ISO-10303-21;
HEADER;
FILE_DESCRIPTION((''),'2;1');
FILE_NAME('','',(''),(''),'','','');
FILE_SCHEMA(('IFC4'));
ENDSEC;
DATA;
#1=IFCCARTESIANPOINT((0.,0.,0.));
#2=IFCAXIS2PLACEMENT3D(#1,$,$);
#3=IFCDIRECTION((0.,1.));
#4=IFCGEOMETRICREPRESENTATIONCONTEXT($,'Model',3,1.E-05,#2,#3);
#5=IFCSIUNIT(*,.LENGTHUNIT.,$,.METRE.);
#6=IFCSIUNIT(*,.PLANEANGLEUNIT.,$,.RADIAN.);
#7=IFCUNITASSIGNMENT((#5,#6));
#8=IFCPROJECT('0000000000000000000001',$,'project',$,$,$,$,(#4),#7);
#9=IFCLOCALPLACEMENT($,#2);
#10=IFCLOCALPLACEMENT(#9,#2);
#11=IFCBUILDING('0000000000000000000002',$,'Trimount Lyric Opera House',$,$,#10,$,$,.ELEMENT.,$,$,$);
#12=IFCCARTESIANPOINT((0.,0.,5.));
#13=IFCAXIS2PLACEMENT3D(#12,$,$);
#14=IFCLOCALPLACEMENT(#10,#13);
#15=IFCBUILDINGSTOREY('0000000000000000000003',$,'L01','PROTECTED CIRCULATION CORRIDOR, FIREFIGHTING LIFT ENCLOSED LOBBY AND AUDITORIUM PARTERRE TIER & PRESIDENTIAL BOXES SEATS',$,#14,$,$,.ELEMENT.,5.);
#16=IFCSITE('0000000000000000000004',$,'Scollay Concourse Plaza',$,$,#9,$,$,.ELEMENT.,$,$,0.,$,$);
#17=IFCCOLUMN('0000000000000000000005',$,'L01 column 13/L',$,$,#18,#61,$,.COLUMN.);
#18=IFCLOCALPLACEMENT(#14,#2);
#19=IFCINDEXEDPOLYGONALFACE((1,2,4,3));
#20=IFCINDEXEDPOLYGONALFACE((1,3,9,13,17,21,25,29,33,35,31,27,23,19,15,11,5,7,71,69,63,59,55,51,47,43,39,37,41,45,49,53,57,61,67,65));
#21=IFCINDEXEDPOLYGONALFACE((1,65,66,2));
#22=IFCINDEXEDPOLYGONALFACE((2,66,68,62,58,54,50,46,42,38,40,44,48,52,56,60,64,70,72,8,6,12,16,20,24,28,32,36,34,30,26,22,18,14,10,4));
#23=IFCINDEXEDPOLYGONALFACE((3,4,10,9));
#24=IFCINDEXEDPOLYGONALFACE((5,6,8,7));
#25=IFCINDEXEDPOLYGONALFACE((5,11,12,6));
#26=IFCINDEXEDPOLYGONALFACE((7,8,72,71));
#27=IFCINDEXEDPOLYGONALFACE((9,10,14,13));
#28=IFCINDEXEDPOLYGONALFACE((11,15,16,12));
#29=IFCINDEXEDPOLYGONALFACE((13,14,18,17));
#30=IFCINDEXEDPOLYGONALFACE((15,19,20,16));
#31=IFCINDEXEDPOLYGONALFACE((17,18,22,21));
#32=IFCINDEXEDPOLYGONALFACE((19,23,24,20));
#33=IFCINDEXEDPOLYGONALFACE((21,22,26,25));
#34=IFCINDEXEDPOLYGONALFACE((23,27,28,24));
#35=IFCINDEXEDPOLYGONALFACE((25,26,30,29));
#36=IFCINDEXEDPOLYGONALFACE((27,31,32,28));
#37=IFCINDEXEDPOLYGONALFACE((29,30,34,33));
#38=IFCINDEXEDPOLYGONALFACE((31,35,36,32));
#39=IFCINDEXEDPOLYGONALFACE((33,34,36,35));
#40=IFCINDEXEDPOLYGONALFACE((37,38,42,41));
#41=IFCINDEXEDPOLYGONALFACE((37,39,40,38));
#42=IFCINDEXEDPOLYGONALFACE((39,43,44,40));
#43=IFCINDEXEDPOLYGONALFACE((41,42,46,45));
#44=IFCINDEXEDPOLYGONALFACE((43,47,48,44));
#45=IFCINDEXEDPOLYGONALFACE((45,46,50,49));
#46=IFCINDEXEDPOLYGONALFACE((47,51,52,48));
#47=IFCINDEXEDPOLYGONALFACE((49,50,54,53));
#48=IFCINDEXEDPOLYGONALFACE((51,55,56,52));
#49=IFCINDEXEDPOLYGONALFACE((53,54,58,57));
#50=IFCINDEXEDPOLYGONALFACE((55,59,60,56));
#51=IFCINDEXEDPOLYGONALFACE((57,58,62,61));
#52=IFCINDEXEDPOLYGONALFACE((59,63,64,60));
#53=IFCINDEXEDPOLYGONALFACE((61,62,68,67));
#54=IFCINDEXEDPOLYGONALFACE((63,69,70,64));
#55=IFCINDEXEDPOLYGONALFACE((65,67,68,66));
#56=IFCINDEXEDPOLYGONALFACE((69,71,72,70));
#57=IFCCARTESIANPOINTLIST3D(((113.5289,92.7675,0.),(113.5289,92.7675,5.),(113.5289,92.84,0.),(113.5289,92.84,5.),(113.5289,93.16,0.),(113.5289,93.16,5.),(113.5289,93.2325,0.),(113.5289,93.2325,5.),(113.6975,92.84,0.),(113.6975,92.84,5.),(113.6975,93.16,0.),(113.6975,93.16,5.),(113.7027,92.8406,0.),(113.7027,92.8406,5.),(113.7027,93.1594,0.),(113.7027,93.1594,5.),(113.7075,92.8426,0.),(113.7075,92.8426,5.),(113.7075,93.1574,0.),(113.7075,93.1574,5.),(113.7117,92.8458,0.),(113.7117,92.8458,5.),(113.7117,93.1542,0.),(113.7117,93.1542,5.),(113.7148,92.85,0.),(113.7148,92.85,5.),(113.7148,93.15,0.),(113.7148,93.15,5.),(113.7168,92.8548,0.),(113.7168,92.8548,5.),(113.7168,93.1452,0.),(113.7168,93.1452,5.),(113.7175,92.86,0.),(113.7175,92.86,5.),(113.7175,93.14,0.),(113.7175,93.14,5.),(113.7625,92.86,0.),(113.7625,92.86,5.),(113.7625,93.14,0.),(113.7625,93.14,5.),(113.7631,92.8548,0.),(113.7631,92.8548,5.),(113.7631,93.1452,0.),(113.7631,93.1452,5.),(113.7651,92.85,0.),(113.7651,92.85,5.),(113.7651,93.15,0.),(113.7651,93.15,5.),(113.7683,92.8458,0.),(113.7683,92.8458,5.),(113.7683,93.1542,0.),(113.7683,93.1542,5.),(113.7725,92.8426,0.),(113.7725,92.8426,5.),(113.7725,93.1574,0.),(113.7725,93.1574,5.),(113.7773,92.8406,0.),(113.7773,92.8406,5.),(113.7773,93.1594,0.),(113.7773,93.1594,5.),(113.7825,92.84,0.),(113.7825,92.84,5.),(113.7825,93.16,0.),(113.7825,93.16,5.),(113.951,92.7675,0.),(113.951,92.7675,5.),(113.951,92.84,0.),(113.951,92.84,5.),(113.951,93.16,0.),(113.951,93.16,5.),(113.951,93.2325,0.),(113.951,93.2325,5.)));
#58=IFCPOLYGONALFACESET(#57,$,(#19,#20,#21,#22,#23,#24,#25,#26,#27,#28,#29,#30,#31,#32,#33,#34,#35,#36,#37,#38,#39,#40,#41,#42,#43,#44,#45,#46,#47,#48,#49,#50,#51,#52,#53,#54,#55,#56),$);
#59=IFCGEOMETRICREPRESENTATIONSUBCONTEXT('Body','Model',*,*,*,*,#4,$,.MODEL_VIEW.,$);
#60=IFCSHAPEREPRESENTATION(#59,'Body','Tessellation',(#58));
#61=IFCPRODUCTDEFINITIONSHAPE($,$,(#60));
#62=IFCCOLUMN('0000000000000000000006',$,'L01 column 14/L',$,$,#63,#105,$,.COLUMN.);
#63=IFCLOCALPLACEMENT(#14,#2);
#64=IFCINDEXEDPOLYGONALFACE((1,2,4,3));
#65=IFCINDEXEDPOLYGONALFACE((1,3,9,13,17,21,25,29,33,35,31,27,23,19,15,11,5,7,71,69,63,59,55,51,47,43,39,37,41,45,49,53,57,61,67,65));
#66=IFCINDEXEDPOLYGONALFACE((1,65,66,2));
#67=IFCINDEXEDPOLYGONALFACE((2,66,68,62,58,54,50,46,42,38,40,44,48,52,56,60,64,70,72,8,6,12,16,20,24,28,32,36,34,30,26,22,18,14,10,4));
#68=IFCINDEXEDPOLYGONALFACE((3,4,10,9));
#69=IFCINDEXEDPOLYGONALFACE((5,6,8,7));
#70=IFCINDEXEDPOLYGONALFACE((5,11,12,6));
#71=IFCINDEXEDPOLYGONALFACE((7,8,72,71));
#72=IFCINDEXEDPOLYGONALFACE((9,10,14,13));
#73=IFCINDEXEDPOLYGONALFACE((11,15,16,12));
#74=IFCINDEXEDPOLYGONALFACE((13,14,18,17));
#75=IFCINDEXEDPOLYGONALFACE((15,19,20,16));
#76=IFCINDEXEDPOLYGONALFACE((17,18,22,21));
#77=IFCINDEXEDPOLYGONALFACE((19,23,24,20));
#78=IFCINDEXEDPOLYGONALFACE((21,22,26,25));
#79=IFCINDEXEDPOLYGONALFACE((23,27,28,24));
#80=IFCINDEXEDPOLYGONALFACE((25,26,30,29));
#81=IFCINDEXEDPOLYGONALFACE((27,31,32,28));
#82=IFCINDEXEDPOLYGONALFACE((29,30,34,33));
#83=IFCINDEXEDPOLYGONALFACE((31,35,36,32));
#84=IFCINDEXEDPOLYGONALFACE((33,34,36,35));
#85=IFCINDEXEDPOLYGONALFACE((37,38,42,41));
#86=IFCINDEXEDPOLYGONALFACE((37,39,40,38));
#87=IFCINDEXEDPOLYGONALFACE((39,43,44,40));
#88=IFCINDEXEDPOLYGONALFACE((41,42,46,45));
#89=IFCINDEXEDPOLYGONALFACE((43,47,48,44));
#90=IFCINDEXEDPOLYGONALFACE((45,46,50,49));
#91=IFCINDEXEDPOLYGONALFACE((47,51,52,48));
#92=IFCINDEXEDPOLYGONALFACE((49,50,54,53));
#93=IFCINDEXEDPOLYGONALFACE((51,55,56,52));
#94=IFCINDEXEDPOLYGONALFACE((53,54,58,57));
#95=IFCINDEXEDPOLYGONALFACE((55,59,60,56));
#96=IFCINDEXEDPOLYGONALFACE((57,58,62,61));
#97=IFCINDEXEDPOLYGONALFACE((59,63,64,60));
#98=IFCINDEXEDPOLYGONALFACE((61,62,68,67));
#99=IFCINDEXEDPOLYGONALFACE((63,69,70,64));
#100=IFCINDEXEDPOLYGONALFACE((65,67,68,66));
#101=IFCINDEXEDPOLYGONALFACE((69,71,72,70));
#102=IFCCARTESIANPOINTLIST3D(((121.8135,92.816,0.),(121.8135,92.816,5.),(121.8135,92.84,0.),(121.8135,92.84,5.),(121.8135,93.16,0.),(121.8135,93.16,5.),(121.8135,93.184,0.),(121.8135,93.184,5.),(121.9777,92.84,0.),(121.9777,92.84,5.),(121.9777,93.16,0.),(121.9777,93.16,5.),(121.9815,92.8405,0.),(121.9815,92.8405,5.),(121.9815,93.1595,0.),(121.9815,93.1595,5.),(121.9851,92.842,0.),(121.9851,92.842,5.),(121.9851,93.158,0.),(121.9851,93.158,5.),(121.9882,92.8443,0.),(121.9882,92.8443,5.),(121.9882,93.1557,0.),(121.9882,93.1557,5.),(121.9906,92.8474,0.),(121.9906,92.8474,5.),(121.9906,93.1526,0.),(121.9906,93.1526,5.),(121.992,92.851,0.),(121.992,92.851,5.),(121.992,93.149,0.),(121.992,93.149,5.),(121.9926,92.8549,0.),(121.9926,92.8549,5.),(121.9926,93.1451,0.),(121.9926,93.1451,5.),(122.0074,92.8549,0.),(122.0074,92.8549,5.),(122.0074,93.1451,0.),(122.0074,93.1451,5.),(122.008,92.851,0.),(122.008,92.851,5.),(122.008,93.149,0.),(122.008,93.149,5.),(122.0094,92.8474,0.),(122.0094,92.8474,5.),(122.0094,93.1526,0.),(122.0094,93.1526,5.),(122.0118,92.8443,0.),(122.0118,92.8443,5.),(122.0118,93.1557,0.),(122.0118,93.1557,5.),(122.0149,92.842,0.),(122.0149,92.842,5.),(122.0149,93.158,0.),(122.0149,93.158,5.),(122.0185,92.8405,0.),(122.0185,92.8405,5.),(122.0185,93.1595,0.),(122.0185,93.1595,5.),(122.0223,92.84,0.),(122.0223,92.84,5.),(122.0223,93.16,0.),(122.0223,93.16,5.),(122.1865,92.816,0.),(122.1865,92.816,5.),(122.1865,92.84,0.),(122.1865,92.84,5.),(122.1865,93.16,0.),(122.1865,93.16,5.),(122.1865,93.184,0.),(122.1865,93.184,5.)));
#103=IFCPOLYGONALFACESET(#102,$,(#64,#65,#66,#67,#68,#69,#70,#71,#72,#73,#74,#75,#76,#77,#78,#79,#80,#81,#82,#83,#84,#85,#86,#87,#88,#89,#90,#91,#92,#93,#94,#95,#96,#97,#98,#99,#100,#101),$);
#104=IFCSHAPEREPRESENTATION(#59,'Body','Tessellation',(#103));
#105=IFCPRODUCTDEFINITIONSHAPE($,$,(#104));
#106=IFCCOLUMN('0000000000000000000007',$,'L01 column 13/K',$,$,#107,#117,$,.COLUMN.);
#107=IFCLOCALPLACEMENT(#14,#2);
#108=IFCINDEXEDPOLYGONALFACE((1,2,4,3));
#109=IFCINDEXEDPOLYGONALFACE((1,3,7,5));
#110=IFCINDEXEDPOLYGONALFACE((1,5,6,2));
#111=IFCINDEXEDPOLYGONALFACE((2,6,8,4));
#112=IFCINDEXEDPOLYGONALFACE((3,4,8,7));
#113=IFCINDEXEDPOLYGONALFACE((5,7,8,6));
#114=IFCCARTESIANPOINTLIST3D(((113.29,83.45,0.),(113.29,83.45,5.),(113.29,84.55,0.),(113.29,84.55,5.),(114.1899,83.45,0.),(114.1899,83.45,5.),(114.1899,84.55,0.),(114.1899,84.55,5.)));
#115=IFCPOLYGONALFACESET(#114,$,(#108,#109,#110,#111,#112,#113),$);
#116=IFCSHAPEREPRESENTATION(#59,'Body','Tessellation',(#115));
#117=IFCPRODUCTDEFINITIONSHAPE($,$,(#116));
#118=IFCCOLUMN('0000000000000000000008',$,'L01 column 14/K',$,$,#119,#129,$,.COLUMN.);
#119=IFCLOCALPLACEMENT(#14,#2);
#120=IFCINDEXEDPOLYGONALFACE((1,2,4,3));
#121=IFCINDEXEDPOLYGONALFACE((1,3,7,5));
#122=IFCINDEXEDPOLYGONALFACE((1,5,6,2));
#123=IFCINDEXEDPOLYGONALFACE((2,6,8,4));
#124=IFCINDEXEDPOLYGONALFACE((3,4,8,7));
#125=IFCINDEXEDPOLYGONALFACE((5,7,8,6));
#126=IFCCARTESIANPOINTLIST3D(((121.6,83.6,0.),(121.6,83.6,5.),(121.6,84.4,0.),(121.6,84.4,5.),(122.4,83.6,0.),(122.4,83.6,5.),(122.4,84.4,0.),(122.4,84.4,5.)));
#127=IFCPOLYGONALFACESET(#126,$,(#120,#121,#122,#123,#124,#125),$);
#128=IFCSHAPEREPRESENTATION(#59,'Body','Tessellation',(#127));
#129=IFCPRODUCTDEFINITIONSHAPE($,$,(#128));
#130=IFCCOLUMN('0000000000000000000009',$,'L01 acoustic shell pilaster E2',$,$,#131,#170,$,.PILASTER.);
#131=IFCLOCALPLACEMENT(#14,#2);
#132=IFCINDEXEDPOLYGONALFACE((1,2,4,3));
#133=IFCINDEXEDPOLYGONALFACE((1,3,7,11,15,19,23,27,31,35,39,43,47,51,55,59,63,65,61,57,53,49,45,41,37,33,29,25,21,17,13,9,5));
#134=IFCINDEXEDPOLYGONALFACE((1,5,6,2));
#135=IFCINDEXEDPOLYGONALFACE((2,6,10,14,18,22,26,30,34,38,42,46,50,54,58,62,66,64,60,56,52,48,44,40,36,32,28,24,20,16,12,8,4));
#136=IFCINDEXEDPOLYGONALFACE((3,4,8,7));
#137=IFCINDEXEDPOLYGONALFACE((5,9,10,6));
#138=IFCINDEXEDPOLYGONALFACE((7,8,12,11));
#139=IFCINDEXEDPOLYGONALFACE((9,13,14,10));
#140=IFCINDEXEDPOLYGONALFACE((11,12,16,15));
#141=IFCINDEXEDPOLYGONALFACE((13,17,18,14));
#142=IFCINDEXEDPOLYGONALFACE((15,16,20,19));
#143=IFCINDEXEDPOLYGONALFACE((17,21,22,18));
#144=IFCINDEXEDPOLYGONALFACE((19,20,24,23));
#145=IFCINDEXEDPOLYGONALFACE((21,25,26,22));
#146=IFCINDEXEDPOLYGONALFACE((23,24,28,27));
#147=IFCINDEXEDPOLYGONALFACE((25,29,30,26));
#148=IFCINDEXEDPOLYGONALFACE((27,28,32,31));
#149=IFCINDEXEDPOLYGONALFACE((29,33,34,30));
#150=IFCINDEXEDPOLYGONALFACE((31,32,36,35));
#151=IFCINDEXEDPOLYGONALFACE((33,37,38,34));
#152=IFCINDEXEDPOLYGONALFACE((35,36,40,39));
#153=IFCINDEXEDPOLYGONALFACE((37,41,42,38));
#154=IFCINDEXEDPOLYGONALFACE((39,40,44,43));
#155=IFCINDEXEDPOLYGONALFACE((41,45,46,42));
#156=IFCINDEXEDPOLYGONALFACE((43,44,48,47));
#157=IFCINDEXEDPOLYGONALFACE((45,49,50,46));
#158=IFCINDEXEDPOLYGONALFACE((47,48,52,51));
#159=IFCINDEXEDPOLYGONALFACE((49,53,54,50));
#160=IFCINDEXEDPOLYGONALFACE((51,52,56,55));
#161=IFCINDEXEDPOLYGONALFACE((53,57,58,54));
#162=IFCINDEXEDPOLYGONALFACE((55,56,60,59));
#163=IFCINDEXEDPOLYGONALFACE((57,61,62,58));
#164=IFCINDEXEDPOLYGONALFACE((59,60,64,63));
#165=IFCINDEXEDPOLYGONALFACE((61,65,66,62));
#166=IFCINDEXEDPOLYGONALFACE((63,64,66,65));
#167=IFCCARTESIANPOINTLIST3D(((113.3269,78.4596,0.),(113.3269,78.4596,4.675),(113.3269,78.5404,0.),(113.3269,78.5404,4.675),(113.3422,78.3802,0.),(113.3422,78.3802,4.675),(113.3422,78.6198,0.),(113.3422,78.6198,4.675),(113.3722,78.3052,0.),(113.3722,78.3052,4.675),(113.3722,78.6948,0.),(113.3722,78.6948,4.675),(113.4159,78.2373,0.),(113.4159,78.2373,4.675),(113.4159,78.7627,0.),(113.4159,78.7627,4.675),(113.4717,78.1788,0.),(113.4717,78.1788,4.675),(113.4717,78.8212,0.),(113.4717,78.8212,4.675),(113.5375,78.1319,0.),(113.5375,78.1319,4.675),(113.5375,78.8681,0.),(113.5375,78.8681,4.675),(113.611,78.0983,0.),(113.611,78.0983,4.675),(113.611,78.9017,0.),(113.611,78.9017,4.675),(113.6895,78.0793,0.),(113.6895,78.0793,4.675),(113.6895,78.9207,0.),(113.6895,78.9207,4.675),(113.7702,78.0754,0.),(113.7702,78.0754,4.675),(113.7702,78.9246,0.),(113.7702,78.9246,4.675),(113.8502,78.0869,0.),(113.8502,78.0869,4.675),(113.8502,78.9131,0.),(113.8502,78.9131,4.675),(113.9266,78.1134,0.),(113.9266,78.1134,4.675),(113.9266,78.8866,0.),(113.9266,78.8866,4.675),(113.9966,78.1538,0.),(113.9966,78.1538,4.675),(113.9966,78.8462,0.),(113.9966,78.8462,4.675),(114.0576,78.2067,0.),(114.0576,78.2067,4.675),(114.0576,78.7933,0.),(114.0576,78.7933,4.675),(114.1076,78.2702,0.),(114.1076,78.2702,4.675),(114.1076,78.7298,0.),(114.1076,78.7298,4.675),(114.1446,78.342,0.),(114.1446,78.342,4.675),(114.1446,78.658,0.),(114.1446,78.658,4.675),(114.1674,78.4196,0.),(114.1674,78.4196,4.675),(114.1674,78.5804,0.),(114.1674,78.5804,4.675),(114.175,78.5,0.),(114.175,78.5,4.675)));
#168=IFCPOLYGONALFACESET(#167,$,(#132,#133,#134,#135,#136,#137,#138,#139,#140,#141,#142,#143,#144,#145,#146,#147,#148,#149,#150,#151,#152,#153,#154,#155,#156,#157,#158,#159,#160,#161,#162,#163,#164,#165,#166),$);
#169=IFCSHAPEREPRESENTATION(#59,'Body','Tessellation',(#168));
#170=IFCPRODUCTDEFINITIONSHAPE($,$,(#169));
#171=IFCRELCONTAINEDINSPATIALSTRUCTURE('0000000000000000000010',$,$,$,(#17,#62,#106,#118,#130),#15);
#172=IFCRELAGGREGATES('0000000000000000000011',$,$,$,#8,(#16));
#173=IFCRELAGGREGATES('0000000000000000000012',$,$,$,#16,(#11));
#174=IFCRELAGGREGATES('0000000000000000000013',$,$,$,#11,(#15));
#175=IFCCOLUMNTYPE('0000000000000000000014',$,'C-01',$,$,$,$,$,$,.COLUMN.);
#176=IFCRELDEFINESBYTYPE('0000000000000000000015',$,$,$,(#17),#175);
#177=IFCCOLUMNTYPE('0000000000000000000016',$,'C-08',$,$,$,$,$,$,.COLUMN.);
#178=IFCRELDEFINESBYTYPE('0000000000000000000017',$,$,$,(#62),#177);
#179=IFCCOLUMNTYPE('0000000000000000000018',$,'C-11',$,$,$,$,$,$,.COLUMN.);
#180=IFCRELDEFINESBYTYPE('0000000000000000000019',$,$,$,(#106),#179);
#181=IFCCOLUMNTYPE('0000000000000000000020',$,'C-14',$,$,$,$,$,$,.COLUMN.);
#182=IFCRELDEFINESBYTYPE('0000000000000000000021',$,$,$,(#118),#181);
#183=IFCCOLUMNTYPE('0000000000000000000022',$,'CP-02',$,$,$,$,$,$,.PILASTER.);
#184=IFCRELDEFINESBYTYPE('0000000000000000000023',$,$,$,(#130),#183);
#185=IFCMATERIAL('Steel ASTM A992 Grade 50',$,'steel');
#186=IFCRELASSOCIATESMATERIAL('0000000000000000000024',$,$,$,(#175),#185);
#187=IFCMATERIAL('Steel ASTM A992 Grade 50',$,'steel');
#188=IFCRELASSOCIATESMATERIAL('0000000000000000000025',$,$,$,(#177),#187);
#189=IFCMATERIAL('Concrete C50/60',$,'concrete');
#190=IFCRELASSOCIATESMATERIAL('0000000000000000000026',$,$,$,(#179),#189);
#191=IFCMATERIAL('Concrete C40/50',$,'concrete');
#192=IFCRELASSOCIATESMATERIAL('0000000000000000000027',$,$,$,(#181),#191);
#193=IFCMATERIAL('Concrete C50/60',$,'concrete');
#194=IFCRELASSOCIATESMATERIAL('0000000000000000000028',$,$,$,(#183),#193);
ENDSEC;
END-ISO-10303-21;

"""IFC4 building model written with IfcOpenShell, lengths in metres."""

from ifc_helpers import new_model, si_unit, direction, frame, origin, origin_2d, place, context, subcontext, project, spatial, rectangle, circle, i_section, extrude, material, material_profile, profile_set, type_object, element, save


model = new_model("IFC4")

# Units and contexts
model_context = context("Model", 3, precision=1e-05, world=origin(), true_north=direction((0.0, 1.0)))
body_context = subcontext(model_context, "Body", "Model", "MODEL_VIEW")
ifc_project = project(units=[si_unit("LENGTHUNIT", "METRE"), si_unit("PLANEANGLEUNIT", "RADIAN")], contexts=[model_context])

# Site, building, storey
site_placement = place(None, origin())
site = spatial("IfcSite", under=ifc_project, at=site_placement, Name="Scollay Concourse Plaza", CompositionType="ELEMENT", RefElevation=0.0)
building_placement = place(site_placement, origin())
building = spatial("IfcBuilding", under=site, at=building_placement, Name="Trimount Lyric Opera House", CompositionType="ELEMENT")
storey_placement = place(building_placement, frame((0.0, 0.0, 5.0)))
storey = spatial("IfcBuildingStorey", under=building, at=storey_placement, Name="L01", Description="PROTECTED CIRCULATION CORRIDOR, FIREFIGHTING LIFT ENCLOSED LOBBY AND AUDITORIUM PARTERRE TIER & PRESIDENTIAL BOXES SEATS", CompositionType="ELEMENT", Elevation=5.0)

# Columns
ifc_material_1 = material(Name="Steel ASTM A992 Grade 50", Category="steel")
ifc_material_profile_1 = material_profile(ifc_material_1, i_section(OverallWidth=0.4221, OverallDepth=0.4651, WebThickness=0.0449, FlangeThickness=0.0725, FilletRadius=0.02, at=origin_2d()), Name="W14X398")
ifc_profile_set_1 = profile_set([ifc_material_profile_1], Name="Steel ASTM A992 Grade 50")
column_type_1 = type_object("IfcColumnType", Name="C-01", PredefinedType="COLUMN", material=ifc_profile_set_1)
column_1_placement = place(storey_placement, frame((113.74, 93.0, 0.0), z_axis=(0.0, 0.0, 1.0), x_axis=(1.0, 0.0, 0.0)))
element("IfcColumn", 1, at=column_1_placement, inside=storey, type_object=column_type_1, Name="L01 column 13/L", PredefinedType="COLUMN", context=body_context, shape_type="SweptSolid", body=[
    extrude(i_section(OverallWidth=0.4221, OverallDepth=0.4651, WebThickness=0.0449, FlangeThickness=0.0725, FilletRadius=0.02, at=origin_2d()), origin(), (0.0, 0.0, 1.0), 5.0),
])
ifc_material_2 = material(Name="Steel ASTM A992 Grade 50", Category="steel")
ifc_material_profile_2 = material_profile(ifc_material_2, i_section(OverallWidth=0.373, OverallDepth=0.3679, WebThickness=0.0149, FlangeThickness=0.0239, FilletRadius=0.0149, at=origin_2d()), Name="W14X120")
ifc_profile_set_2 = profile_set([ifc_material_profile_2], Name="Steel ASTM A992 Grade 50")
column_type_2 = type_object("IfcColumnType", Name="C-08", PredefinedType="COLUMN", material=ifc_profile_set_2)
column_2_placement = place(storey_placement, frame((122.0, 93.0, 0.0), z_axis=(0.0, 0.0, 1.0), x_axis=(1.0, 0.0, 0.0)))
element("IfcColumn", 2, at=column_2_placement, inside=storey, type_object=column_type_2, Name="L01 column 14/L", PredefinedType="COLUMN", context=body_context, shape_type="SweptSolid", body=[
    extrude(i_section(OverallWidth=0.373, OverallDepth=0.3679, WebThickness=0.0149, FlangeThickness=0.0239, FilletRadius=0.0149, at=origin_2d()), origin(), (0.0, 0.0, 1.0), 5.0),
])
ifc_material_3 = material(Name="Concrete C50/60", Category="concrete")
ifc_material_profile_3 = material_profile(ifc_material_3, rectangle(XDim=0.8999, YDim=1.1001, at=origin_2d()), Name="RC1100X900")
ifc_profile_set_3 = profile_set([ifc_material_profile_3], Name="Concrete C50/60")
column_type_3 = type_object("IfcColumnType", Name="C-11", PredefinedType="COLUMN", material=ifc_profile_set_3)
column_3_placement = place(storey_placement, frame((113.74, 84.0, 0.0), z_axis=(0.0, 0.0, 1.0), x_axis=(1.0, 0.0, 0.0)))
element("IfcColumn", 3, at=column_3_placement, inside=storey, type_object=column_type_3, Name="L01 column 13/K", PredefinedType="COLUMN", context=body_context, shape_type="SweptSolid", body=[
    extrude(rectangle(XDim=0.8999, YDim=1.1001, at=origin_2d()), origin(), (0.0, 0.0, 1.0), 5.0),
])
ifc_material_4 = material(Name="Concrete C40/50", Category="concrete")
ifc_material_profile_4 = material_profile(ifc_material_4, rectangle(XDim=0.8, YDim=0.8, at=origin_2d()), Name="RC800X800")
ifc_profile_set_4 = profile_set([ifc_material_profile_4], Name="Concrete C40/50")
column_type_4 = type_object("IfcColumnType", Name="C-14", PredefinedType="COLUMN", material=ifc_profile_set_4)
column_4_placement = place(storey_placement, frame((122.0, 84.0, 0.0), z_axis=(0.0, 0.0, 1.0), x_axis=(1.0, 0.0, 0.0)))
element("IfcColumn", 4, at=column_4_placement, inside=storey, type_object=column_type_4, Name="L01 column 14/K", PredefinedType="COLUMN", context=body_context, shape_type="SweptSolid", body=[
    extrude(rectangle(XDim=0.8, YDim=0.8, at=origin_2d()), origin(), (0.0, 0.0, 1.0), 5.0),
])
ifc_material_5 = material(Name="Concrete C50/60", Category="concrete")
ifc_material_profile_5 = material_profile(ifc_material_5, circle(Radius=0.425, at=origin_2d()), Name="RC-D850")
ifc_profile_set_5 = profile_set([ifc_material_profile_5], Name="Concrete C50/60")
column_type_5 = type_object("IfcColumnType", Name="CP-02", PredefinedType="PILASTER", material=ifc_profile_set_5)
column_5_placement = place(storey_placement, frame((113.75, 78.5, 0.0), z_axis=(0.0, 0.0, 1.0), x_axis=(1.0, 0.0, 0.0)))
element("IfcColumn", 5, at=column_5_placement, inside=storey, type_object=column_type_5, Name="L01 acoustic shell pilaster E2", PredefinedType="PILASTER", context=body_context, shape_type="SweptSolid", body=[
    extrude(circle(Radius=0.425, at=origin_2d()), origin(), (0.0, 0.0, 1.0), 4.675),
])

save(model, "model.ifc")
